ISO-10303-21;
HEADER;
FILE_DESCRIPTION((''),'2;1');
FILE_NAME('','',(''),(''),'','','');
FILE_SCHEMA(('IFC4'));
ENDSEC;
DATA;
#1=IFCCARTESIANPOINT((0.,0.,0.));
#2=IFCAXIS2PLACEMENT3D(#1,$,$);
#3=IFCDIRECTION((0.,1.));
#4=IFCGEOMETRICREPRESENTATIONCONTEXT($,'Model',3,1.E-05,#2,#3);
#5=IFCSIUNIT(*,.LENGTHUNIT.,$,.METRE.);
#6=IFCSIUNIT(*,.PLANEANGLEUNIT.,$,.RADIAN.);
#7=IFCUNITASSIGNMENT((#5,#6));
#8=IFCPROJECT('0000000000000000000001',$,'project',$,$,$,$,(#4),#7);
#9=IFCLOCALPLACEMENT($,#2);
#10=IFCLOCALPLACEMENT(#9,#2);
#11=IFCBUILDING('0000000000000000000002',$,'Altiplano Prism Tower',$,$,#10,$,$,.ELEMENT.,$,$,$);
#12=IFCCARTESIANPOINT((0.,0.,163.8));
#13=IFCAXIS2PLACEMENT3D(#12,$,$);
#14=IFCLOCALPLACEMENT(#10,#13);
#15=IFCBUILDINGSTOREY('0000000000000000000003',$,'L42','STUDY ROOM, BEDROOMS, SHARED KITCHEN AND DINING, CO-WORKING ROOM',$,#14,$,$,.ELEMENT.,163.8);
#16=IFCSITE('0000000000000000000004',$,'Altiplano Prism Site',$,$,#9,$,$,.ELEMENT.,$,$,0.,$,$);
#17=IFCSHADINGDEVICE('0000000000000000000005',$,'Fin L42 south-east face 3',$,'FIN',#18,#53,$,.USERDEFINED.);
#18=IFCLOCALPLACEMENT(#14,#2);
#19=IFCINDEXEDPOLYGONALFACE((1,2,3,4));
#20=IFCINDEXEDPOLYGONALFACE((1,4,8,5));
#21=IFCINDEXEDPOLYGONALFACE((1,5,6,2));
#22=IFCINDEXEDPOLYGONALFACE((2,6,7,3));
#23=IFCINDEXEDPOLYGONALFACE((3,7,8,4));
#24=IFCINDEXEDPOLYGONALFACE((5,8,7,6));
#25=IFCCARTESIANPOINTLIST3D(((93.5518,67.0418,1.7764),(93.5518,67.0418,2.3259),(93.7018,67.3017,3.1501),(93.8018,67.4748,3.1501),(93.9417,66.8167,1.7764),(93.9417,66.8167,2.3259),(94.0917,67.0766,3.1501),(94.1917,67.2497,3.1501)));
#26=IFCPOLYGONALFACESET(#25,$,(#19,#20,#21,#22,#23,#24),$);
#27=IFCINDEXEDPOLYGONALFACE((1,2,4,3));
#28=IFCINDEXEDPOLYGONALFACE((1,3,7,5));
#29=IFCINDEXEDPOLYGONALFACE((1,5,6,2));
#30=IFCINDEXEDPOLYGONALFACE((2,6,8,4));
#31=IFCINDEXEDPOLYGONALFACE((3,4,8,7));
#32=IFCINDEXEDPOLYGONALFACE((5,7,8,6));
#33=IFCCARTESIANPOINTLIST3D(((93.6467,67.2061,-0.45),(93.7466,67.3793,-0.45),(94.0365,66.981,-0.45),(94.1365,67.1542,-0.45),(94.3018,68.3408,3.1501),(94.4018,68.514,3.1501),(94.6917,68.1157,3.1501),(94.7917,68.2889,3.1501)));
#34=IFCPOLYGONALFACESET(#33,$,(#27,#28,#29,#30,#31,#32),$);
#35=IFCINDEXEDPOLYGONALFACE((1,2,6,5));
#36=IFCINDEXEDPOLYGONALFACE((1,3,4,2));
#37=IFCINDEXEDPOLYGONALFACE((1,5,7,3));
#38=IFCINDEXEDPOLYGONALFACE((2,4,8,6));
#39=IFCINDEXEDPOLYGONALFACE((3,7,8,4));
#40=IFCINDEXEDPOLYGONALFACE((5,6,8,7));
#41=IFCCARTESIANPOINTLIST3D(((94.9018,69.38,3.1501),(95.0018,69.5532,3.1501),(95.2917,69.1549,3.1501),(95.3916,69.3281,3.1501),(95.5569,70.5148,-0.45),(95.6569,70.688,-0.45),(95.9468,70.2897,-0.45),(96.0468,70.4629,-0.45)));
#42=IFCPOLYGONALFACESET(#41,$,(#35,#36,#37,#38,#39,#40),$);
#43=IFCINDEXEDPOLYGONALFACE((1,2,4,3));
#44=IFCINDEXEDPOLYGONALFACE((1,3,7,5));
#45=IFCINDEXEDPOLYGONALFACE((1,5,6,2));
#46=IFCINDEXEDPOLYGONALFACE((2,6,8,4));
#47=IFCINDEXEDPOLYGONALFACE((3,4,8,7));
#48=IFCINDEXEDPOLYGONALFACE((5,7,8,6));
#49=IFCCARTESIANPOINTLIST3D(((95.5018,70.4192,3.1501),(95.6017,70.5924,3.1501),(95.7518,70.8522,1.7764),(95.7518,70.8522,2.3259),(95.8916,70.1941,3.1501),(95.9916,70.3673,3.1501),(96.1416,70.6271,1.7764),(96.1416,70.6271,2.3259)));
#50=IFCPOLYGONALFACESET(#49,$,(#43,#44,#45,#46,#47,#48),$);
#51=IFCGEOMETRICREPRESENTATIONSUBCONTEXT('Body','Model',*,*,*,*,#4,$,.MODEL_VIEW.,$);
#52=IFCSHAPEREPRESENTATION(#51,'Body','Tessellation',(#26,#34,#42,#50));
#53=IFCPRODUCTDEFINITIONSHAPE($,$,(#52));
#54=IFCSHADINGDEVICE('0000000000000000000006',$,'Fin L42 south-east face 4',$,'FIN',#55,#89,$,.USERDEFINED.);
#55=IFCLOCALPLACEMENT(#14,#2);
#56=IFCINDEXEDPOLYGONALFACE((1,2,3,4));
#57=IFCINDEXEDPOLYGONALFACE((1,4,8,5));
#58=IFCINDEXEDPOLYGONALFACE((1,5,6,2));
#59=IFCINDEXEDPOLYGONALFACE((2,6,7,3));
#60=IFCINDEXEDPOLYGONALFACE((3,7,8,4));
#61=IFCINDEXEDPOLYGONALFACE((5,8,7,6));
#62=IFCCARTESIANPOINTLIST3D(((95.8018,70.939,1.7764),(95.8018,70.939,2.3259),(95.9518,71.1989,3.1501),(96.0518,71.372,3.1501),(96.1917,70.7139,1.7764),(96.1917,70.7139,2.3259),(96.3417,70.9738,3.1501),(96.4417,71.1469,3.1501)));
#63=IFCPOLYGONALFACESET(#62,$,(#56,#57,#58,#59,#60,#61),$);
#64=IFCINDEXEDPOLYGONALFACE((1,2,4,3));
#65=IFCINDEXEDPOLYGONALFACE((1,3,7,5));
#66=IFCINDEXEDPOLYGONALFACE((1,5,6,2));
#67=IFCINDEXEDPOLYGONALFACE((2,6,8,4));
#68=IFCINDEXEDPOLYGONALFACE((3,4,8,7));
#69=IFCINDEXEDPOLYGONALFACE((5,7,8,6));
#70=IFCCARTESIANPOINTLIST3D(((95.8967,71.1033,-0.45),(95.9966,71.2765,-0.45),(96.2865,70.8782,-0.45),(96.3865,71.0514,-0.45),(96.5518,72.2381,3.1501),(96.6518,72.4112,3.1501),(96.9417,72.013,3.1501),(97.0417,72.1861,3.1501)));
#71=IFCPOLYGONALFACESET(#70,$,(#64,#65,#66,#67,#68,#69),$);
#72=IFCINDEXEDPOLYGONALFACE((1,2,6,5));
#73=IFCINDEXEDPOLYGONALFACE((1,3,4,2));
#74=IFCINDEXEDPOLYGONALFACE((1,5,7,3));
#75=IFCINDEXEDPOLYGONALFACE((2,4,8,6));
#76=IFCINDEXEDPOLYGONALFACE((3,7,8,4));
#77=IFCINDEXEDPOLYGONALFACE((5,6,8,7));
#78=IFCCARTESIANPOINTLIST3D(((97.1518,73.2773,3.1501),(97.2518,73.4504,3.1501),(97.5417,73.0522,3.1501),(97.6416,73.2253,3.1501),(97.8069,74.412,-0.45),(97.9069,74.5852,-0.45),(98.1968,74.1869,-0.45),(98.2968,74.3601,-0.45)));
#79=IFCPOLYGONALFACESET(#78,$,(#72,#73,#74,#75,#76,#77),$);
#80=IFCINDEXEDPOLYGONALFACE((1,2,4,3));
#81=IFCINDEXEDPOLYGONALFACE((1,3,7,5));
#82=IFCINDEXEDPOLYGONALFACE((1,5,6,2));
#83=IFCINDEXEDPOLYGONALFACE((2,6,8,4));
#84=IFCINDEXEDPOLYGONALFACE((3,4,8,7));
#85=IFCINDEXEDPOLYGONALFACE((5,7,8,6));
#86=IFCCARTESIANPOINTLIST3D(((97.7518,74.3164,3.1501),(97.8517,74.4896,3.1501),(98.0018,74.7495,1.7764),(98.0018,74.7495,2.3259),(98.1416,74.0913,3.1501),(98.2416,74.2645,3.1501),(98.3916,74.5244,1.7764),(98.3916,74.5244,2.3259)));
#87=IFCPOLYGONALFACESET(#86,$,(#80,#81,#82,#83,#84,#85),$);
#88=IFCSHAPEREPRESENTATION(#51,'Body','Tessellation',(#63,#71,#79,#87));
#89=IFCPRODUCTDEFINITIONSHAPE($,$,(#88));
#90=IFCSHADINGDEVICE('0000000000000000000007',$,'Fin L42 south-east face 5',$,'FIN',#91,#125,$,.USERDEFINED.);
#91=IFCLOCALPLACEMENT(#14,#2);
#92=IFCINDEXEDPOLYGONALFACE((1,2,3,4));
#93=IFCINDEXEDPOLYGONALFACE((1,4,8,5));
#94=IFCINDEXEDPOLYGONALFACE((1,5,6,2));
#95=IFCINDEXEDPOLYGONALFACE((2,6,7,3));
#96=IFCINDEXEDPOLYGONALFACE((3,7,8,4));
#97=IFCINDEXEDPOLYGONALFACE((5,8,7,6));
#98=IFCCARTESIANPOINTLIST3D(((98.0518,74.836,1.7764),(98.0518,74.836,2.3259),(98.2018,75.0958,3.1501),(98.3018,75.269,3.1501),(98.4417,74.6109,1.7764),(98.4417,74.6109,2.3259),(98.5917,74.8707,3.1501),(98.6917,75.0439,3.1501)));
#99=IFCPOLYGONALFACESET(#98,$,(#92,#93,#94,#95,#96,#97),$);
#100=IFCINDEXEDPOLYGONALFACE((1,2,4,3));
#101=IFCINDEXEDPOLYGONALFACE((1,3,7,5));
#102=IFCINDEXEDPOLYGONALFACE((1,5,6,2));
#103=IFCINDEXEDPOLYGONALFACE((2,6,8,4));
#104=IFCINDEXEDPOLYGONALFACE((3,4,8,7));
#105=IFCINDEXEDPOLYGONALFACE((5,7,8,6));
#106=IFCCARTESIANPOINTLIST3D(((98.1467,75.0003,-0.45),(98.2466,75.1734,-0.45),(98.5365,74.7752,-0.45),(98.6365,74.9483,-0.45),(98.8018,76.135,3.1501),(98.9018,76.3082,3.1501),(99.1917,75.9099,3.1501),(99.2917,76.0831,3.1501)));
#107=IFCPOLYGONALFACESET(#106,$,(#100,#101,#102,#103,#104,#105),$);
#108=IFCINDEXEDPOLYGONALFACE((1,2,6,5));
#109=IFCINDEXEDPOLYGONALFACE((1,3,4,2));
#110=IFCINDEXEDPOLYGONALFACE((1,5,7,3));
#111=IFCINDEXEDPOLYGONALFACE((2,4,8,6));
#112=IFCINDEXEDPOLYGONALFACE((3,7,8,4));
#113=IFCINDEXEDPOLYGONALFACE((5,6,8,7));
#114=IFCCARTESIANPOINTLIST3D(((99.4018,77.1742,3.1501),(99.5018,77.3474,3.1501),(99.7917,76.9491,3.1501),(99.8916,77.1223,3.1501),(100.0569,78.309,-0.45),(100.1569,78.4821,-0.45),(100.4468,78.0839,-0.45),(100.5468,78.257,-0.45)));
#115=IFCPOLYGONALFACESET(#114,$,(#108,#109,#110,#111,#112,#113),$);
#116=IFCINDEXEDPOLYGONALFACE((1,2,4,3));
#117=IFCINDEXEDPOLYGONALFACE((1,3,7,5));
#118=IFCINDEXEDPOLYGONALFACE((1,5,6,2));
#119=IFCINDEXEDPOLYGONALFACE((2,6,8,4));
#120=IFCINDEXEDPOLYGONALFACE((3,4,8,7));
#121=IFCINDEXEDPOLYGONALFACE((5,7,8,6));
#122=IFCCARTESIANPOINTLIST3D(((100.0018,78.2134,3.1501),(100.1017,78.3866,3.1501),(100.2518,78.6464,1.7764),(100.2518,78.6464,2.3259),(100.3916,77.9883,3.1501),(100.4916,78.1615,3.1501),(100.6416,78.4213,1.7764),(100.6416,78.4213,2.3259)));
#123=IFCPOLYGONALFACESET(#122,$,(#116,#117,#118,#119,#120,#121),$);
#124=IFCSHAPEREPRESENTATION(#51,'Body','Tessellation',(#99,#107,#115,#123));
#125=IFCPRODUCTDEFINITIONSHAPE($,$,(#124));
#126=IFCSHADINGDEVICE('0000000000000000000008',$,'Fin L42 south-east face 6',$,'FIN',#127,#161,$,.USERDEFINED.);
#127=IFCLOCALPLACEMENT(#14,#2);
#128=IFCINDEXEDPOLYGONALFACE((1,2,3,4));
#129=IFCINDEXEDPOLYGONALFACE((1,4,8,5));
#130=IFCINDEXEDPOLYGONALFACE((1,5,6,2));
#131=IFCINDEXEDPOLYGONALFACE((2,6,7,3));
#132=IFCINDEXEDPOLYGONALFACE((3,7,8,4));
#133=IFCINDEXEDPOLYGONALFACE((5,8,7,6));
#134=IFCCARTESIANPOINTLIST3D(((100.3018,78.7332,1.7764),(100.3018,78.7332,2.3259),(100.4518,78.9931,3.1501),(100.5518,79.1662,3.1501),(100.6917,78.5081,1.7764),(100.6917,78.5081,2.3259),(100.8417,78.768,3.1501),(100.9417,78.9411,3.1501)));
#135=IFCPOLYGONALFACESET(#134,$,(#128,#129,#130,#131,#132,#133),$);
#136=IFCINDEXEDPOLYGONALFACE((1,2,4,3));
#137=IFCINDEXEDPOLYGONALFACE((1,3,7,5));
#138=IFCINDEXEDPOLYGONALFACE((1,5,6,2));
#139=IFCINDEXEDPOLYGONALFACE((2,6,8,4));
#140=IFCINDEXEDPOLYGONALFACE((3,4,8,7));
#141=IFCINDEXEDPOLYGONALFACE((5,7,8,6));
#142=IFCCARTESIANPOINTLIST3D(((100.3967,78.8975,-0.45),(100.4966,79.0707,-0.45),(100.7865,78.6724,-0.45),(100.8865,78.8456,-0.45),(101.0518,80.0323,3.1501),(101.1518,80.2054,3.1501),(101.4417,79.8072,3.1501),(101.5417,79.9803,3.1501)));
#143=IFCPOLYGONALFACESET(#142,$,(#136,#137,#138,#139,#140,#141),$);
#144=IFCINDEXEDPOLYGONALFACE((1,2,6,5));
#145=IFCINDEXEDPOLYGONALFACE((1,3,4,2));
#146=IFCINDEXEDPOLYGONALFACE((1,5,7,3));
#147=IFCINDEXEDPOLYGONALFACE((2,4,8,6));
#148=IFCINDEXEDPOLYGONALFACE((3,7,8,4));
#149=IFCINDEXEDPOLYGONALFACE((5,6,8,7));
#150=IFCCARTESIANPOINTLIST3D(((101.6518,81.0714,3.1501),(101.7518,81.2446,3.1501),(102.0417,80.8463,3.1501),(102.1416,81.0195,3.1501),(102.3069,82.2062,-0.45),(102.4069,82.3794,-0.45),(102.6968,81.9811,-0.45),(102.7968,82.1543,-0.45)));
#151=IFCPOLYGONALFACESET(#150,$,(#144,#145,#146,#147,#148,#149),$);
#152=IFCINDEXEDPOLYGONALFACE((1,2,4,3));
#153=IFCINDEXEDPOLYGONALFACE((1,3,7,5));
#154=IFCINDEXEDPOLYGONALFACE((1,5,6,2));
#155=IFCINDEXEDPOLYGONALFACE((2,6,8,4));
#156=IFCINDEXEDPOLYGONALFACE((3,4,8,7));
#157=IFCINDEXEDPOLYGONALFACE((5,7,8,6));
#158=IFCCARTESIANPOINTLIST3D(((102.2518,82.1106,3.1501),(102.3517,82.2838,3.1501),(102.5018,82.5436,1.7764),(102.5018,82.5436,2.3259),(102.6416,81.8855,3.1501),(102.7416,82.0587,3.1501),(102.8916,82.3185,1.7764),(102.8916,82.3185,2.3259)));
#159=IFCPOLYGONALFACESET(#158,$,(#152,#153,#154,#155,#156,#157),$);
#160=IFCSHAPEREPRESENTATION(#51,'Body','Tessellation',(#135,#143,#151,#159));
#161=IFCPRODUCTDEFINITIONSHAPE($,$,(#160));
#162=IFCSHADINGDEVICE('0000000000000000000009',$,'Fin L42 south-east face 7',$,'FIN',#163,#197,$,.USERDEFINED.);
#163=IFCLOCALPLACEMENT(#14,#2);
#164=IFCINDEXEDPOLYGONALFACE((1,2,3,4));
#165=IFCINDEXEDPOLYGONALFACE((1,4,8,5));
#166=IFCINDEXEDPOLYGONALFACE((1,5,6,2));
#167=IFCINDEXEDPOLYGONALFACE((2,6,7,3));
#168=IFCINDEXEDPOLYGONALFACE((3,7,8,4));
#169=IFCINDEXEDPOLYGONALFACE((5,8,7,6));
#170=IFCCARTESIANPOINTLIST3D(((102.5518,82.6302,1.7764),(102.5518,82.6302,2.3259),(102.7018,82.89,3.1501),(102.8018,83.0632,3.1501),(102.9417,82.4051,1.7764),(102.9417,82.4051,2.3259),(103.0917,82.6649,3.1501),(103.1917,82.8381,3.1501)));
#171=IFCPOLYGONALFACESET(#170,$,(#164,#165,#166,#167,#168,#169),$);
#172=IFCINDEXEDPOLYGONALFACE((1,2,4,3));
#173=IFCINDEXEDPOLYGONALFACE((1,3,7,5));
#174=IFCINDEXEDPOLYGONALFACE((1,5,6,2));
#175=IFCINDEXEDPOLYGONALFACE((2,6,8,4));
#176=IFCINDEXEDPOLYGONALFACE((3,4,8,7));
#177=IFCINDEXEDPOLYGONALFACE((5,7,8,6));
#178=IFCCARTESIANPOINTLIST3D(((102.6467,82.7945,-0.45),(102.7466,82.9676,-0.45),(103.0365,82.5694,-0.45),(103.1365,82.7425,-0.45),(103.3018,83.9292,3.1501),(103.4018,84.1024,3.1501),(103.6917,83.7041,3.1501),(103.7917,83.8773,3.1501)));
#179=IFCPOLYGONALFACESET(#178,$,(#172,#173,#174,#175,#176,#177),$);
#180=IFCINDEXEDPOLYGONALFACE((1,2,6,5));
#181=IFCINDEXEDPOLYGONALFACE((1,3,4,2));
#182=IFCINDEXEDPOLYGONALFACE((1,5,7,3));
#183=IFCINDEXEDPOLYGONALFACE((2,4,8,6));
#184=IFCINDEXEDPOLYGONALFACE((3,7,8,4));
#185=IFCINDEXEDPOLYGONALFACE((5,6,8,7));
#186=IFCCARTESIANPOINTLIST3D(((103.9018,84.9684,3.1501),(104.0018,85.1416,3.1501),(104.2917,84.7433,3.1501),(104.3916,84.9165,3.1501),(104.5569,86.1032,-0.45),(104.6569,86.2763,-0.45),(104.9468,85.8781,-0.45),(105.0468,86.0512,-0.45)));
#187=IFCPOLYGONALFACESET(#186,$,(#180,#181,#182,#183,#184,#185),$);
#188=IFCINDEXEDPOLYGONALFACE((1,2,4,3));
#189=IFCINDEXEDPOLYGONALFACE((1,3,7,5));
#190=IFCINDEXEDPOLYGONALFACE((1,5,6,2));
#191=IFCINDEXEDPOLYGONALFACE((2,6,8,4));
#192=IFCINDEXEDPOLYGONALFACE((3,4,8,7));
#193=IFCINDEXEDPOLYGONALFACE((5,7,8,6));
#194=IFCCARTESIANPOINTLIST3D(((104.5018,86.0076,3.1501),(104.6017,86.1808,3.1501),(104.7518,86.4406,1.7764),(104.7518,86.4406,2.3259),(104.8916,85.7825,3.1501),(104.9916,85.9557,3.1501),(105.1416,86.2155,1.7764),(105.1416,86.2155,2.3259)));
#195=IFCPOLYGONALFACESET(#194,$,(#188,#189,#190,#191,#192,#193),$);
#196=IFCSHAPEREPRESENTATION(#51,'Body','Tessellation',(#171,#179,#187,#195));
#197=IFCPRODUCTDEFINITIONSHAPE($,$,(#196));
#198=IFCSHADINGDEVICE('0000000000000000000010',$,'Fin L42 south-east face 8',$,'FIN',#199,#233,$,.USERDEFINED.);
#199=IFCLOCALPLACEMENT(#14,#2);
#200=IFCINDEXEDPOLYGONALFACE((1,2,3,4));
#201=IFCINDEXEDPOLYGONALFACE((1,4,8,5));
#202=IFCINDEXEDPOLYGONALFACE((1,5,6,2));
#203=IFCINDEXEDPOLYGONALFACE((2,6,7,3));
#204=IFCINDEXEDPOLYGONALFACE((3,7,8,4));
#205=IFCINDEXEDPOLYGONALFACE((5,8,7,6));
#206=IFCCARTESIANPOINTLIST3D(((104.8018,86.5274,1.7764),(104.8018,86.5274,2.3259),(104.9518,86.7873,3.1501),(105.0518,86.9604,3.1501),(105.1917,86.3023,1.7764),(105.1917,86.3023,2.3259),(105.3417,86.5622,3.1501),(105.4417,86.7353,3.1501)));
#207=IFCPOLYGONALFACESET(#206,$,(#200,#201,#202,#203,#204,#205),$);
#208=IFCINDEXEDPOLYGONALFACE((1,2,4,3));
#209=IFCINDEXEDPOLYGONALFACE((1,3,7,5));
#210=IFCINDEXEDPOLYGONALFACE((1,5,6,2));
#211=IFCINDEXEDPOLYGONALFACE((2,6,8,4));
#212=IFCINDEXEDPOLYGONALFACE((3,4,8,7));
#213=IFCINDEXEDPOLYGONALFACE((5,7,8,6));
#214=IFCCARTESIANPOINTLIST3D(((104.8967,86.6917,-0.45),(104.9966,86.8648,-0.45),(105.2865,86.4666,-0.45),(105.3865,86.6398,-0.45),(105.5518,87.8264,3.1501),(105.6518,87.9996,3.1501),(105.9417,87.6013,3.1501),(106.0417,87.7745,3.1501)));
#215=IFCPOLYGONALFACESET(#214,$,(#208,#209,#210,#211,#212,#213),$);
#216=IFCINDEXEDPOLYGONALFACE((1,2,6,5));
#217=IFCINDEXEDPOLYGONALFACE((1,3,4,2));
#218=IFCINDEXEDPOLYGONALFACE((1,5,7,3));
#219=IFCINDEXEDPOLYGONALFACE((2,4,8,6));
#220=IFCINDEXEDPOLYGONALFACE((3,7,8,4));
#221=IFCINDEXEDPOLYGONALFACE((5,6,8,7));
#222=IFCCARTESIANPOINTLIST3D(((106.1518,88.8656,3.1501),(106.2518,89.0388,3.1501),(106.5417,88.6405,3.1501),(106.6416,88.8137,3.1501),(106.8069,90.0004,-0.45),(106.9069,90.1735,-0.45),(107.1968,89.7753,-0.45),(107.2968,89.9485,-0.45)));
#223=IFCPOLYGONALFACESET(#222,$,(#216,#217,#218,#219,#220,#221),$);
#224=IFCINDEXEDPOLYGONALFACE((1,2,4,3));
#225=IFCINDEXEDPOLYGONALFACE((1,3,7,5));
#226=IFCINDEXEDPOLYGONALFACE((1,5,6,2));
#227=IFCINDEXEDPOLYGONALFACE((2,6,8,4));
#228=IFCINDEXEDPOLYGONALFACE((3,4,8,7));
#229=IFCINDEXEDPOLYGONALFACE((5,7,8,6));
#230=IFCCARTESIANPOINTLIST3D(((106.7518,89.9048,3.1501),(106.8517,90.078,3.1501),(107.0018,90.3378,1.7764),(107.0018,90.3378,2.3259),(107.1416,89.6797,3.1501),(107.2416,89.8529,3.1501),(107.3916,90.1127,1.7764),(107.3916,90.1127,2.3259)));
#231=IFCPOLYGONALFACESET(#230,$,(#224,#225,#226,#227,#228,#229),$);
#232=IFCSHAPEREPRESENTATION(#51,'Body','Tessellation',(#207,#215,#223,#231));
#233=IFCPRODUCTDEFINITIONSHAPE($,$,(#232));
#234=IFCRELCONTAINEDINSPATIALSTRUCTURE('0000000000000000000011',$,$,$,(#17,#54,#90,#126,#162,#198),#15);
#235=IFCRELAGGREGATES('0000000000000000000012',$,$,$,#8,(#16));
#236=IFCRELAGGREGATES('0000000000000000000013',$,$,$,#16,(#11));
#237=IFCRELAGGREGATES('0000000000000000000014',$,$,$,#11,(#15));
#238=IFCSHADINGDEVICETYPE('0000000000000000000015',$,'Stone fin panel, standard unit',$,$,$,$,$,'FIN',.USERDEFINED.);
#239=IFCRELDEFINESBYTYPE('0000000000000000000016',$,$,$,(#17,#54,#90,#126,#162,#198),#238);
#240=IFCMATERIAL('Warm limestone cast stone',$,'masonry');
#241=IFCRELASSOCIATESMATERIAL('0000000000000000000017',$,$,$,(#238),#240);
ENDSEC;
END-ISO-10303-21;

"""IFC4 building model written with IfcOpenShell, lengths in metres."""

from ifc_helpers import new_model, si_unit, direction, frame, origin, place, context, subcontext, project, spatial, polyline, outline, extrude, source, transform, mapped, material, type_object, element, save


model = new_model("IFC4")

# Units and contexts
model_context = context("Model", 3, precision=1e-05, world=origin(), true_north=direction((0.0, 1.0)))
body_context = subcontext(model_context, "Body", "Model", "MODEL_VIEW")
ifc_project = project(units=[si_unit("LENGTHUNIT", "METRE"), si_unit("PLANEANGLEUNIT", "RADIAN")], contexts=[model_context])

# Site, building, storey
site_placement = place(None, origin())
site = spatial("IfcSite", under=ifc_project, at=site_placement, Name="Altiplano Prism Site", CompositionType="ELEMENT", RefElevation=0.0)
building_placement = place(site_placement, origin())
building = spatial("IfcBuilding", under=site, at=building_placement, Name="Altiplano Prism Tower", CompositionType="ELEMENT")
storey_placement = place(building_placement, frame((0.0, 0.0, 163.8)))
storey = spatial("IfcBuildingStorey", under=building, at=storey_placement, Name="L42", Description="STUDY ROOM, BEDROOMS, SHARED KITCHEN AND DINING, CO-WORKING ROOM", CompositionType="ELEMENT", Elevation=163.8)

# Shading devices
ifc_material_1 = material(Name="Warm limestone cast stone", Category="masonry")
shading_device_type_1 = type_object("IfcShadingDeviceType", Name="Stone fin panel, standard unit", ElementType="FIN", PredefinedType="USERDEFINED", material=ifc_material_1)
shared_shape_1 = source(origin(), body_context, "Body", "SweptSolid", [
    extrude(outline(polyline([(-2.2, 2.2263), (-1.7, 3.6001), (-1.8999, 3.6001), (-2.2, 2.7759), (-2.2, 2.2263)])), frame((0.0, -0.1499, 0.0), z_axis=(0.0, -1.0, 0.0), x_axis=(1.0, 0.0, 0.0)), (0.0, 0.0, 1.0), 0.4502),
    extrude(outline(polyline([(-2.0103, 0.0), (-1.8103, 0.0), (-0.5, 3.6001), (-0.7, 3.6001), (-2.0103, 0.0)])), frame((0.0, -0.1499, 0.0), z_axis=(0.0, -1.0, 0.0), x_axis=(1.0, 0.0, 0.0)), (0.0, 0.0, 1.0), 0.4502),
    extrude(outline(polyline([(1.8103, 0.0), (2.0103, 0.0), (0.7, 3.6001), (0.5, 3.6001), (1.8103, 0.0)])), frame((0.0, -0.1499, 0.0), z_axis=(0.0, -1.0, 0.0), x_axis=(1.0, 0.0, 0.0)), (0.0, 0.0, 1.0), 0.4502),
    extrude(outline(polyline([(2.2, 2.7759), (1.8999, 3.6001), (1.7, 3.6001), (2.2, 2.2263), (2.2, 2.7759)])), frame((0.0, -0.1499, 0.0), z_axis=(0.0, -1.0, 0.0), x_axis=(1.0, 0.0, 0.0)), (0.0, 0.0, 1.0), 0.4502),
])
shading_device_1_placement = place(storey_placement, origin())
element("IfcShadingDevice", 1, at=shading_device_1_placement, inside=storey, type_object=shading_device_type_1, Name="Fin L42 south-east face 3", ObjectType="FIN", PredefinedType="USERDEFINED", context=body_context, shape_type="MappedRepresentation", body=[
    mapped(shared_shape_1, transform((94.522, 69.022, -0.45), x_axis=(0.5, 0.866025, 0.0), y_axis=(-0.866025, 0.5, 0.0), z_axis=(0.0, 0.0, 1.0))),
])
shading_device_2_placement = place(storey_placement, origin())
element("IfcShadingDevice", 2, at=shading_device_2_placement, inside=storey, type_object=shading_device_type_1, Name="Fin L42 south-east face 4", ObjectType="FIN", PredefinedType="USERDEFINED", context=body_context, shape_type="MappedRepresentation", body=[
    mapped(shared_shape_1, transform((96.772, 72.9192, -0.45), x_axis=(0.5, 0.866025, 0.0), y_axis=(-0.866025, 0.5, 0.0), z_axis=(0.0, 0.0, 1.0))),
])
shading_device_3_placement = place(storey_placement, origin())
element("IfcShadingDevice", 3, at=shading_device_3_placement, inside=storey, type_object=shading_device_type_1, Name="Fin L42 south-east face 5", ObjectType="FIN", PredefinedType="USERDEFINED", context=body_context, shape_type="MappedRepresentation", body=[
    mapped(shared_shape_1, transform((99.022, 76.8162, -0.45), x_axis=(0.5, 0.866025, 0.0), y_axis=(-0.866025, 0.5, 0.0), z_axis=(0.0, 0.0, 1.0))),
])
shading_device_4_placement = place(storey_placement, origin())
element("IfcShadingDevice", 4, at=shading_device_4_placement, inside=storey, type_object=shading_device_type_1, Name="Fin L42 south-east face 6", ObjectType="FIN", PredefinedType="USERDEFINED", context=body_context, shape_type="MappedRepresentation", body=[
    mapped(shared_shape_1, transform((101.272, 80.7134, -0.45), x_axis=(0.5, 0.866025, 0.0), y_axis=(-0.866025, 0.5, 0.0), z_axis=(0.0, 0.0, 1.0))),
])
shading_device_5_placement = place(storey_placement, origin())
element("IfcShadingDevice", 5, at=shading_device_5_placement, inside=storey, type_object=shading_device_type_1, Name="Fin L42 south-east face 7", ObjectType="FIN", PredefinedType="USERDEFINED", context=body_context, shape_type="MappedRepresentation", body=[
    mapped(shared_shape_1, transform((103.522, 84.6104, -0.45), x_axis=(0.5, 0.866025, 0.0), y_axis=(-0.866025, 0.5, 0.0), z_axis=(0.0, 0.0, 1.0))),
])
shading_device_6_placement = place(storey_placement, origin())
element("IfcShadingDevice", 6, at=shading_device_6_placement, inside=storey, type_object=shading_device_type_1, Name="Fin L42 south-east face 8", ObjectType="FIN", PredefinedType="USERDEFINED", context=body_context, shape_type="MappedRepresentation", body=[
    mapped(shared_shape_1, transform((105.772, 88.5076, -0.45), x_axis=(0.5, 0.866025, 0.0), y_axis=(-0.866025, 0.5, 0.0), z_axis=(0.0, 0.0, 1.0))),
])

save(model, "model.ifc")
